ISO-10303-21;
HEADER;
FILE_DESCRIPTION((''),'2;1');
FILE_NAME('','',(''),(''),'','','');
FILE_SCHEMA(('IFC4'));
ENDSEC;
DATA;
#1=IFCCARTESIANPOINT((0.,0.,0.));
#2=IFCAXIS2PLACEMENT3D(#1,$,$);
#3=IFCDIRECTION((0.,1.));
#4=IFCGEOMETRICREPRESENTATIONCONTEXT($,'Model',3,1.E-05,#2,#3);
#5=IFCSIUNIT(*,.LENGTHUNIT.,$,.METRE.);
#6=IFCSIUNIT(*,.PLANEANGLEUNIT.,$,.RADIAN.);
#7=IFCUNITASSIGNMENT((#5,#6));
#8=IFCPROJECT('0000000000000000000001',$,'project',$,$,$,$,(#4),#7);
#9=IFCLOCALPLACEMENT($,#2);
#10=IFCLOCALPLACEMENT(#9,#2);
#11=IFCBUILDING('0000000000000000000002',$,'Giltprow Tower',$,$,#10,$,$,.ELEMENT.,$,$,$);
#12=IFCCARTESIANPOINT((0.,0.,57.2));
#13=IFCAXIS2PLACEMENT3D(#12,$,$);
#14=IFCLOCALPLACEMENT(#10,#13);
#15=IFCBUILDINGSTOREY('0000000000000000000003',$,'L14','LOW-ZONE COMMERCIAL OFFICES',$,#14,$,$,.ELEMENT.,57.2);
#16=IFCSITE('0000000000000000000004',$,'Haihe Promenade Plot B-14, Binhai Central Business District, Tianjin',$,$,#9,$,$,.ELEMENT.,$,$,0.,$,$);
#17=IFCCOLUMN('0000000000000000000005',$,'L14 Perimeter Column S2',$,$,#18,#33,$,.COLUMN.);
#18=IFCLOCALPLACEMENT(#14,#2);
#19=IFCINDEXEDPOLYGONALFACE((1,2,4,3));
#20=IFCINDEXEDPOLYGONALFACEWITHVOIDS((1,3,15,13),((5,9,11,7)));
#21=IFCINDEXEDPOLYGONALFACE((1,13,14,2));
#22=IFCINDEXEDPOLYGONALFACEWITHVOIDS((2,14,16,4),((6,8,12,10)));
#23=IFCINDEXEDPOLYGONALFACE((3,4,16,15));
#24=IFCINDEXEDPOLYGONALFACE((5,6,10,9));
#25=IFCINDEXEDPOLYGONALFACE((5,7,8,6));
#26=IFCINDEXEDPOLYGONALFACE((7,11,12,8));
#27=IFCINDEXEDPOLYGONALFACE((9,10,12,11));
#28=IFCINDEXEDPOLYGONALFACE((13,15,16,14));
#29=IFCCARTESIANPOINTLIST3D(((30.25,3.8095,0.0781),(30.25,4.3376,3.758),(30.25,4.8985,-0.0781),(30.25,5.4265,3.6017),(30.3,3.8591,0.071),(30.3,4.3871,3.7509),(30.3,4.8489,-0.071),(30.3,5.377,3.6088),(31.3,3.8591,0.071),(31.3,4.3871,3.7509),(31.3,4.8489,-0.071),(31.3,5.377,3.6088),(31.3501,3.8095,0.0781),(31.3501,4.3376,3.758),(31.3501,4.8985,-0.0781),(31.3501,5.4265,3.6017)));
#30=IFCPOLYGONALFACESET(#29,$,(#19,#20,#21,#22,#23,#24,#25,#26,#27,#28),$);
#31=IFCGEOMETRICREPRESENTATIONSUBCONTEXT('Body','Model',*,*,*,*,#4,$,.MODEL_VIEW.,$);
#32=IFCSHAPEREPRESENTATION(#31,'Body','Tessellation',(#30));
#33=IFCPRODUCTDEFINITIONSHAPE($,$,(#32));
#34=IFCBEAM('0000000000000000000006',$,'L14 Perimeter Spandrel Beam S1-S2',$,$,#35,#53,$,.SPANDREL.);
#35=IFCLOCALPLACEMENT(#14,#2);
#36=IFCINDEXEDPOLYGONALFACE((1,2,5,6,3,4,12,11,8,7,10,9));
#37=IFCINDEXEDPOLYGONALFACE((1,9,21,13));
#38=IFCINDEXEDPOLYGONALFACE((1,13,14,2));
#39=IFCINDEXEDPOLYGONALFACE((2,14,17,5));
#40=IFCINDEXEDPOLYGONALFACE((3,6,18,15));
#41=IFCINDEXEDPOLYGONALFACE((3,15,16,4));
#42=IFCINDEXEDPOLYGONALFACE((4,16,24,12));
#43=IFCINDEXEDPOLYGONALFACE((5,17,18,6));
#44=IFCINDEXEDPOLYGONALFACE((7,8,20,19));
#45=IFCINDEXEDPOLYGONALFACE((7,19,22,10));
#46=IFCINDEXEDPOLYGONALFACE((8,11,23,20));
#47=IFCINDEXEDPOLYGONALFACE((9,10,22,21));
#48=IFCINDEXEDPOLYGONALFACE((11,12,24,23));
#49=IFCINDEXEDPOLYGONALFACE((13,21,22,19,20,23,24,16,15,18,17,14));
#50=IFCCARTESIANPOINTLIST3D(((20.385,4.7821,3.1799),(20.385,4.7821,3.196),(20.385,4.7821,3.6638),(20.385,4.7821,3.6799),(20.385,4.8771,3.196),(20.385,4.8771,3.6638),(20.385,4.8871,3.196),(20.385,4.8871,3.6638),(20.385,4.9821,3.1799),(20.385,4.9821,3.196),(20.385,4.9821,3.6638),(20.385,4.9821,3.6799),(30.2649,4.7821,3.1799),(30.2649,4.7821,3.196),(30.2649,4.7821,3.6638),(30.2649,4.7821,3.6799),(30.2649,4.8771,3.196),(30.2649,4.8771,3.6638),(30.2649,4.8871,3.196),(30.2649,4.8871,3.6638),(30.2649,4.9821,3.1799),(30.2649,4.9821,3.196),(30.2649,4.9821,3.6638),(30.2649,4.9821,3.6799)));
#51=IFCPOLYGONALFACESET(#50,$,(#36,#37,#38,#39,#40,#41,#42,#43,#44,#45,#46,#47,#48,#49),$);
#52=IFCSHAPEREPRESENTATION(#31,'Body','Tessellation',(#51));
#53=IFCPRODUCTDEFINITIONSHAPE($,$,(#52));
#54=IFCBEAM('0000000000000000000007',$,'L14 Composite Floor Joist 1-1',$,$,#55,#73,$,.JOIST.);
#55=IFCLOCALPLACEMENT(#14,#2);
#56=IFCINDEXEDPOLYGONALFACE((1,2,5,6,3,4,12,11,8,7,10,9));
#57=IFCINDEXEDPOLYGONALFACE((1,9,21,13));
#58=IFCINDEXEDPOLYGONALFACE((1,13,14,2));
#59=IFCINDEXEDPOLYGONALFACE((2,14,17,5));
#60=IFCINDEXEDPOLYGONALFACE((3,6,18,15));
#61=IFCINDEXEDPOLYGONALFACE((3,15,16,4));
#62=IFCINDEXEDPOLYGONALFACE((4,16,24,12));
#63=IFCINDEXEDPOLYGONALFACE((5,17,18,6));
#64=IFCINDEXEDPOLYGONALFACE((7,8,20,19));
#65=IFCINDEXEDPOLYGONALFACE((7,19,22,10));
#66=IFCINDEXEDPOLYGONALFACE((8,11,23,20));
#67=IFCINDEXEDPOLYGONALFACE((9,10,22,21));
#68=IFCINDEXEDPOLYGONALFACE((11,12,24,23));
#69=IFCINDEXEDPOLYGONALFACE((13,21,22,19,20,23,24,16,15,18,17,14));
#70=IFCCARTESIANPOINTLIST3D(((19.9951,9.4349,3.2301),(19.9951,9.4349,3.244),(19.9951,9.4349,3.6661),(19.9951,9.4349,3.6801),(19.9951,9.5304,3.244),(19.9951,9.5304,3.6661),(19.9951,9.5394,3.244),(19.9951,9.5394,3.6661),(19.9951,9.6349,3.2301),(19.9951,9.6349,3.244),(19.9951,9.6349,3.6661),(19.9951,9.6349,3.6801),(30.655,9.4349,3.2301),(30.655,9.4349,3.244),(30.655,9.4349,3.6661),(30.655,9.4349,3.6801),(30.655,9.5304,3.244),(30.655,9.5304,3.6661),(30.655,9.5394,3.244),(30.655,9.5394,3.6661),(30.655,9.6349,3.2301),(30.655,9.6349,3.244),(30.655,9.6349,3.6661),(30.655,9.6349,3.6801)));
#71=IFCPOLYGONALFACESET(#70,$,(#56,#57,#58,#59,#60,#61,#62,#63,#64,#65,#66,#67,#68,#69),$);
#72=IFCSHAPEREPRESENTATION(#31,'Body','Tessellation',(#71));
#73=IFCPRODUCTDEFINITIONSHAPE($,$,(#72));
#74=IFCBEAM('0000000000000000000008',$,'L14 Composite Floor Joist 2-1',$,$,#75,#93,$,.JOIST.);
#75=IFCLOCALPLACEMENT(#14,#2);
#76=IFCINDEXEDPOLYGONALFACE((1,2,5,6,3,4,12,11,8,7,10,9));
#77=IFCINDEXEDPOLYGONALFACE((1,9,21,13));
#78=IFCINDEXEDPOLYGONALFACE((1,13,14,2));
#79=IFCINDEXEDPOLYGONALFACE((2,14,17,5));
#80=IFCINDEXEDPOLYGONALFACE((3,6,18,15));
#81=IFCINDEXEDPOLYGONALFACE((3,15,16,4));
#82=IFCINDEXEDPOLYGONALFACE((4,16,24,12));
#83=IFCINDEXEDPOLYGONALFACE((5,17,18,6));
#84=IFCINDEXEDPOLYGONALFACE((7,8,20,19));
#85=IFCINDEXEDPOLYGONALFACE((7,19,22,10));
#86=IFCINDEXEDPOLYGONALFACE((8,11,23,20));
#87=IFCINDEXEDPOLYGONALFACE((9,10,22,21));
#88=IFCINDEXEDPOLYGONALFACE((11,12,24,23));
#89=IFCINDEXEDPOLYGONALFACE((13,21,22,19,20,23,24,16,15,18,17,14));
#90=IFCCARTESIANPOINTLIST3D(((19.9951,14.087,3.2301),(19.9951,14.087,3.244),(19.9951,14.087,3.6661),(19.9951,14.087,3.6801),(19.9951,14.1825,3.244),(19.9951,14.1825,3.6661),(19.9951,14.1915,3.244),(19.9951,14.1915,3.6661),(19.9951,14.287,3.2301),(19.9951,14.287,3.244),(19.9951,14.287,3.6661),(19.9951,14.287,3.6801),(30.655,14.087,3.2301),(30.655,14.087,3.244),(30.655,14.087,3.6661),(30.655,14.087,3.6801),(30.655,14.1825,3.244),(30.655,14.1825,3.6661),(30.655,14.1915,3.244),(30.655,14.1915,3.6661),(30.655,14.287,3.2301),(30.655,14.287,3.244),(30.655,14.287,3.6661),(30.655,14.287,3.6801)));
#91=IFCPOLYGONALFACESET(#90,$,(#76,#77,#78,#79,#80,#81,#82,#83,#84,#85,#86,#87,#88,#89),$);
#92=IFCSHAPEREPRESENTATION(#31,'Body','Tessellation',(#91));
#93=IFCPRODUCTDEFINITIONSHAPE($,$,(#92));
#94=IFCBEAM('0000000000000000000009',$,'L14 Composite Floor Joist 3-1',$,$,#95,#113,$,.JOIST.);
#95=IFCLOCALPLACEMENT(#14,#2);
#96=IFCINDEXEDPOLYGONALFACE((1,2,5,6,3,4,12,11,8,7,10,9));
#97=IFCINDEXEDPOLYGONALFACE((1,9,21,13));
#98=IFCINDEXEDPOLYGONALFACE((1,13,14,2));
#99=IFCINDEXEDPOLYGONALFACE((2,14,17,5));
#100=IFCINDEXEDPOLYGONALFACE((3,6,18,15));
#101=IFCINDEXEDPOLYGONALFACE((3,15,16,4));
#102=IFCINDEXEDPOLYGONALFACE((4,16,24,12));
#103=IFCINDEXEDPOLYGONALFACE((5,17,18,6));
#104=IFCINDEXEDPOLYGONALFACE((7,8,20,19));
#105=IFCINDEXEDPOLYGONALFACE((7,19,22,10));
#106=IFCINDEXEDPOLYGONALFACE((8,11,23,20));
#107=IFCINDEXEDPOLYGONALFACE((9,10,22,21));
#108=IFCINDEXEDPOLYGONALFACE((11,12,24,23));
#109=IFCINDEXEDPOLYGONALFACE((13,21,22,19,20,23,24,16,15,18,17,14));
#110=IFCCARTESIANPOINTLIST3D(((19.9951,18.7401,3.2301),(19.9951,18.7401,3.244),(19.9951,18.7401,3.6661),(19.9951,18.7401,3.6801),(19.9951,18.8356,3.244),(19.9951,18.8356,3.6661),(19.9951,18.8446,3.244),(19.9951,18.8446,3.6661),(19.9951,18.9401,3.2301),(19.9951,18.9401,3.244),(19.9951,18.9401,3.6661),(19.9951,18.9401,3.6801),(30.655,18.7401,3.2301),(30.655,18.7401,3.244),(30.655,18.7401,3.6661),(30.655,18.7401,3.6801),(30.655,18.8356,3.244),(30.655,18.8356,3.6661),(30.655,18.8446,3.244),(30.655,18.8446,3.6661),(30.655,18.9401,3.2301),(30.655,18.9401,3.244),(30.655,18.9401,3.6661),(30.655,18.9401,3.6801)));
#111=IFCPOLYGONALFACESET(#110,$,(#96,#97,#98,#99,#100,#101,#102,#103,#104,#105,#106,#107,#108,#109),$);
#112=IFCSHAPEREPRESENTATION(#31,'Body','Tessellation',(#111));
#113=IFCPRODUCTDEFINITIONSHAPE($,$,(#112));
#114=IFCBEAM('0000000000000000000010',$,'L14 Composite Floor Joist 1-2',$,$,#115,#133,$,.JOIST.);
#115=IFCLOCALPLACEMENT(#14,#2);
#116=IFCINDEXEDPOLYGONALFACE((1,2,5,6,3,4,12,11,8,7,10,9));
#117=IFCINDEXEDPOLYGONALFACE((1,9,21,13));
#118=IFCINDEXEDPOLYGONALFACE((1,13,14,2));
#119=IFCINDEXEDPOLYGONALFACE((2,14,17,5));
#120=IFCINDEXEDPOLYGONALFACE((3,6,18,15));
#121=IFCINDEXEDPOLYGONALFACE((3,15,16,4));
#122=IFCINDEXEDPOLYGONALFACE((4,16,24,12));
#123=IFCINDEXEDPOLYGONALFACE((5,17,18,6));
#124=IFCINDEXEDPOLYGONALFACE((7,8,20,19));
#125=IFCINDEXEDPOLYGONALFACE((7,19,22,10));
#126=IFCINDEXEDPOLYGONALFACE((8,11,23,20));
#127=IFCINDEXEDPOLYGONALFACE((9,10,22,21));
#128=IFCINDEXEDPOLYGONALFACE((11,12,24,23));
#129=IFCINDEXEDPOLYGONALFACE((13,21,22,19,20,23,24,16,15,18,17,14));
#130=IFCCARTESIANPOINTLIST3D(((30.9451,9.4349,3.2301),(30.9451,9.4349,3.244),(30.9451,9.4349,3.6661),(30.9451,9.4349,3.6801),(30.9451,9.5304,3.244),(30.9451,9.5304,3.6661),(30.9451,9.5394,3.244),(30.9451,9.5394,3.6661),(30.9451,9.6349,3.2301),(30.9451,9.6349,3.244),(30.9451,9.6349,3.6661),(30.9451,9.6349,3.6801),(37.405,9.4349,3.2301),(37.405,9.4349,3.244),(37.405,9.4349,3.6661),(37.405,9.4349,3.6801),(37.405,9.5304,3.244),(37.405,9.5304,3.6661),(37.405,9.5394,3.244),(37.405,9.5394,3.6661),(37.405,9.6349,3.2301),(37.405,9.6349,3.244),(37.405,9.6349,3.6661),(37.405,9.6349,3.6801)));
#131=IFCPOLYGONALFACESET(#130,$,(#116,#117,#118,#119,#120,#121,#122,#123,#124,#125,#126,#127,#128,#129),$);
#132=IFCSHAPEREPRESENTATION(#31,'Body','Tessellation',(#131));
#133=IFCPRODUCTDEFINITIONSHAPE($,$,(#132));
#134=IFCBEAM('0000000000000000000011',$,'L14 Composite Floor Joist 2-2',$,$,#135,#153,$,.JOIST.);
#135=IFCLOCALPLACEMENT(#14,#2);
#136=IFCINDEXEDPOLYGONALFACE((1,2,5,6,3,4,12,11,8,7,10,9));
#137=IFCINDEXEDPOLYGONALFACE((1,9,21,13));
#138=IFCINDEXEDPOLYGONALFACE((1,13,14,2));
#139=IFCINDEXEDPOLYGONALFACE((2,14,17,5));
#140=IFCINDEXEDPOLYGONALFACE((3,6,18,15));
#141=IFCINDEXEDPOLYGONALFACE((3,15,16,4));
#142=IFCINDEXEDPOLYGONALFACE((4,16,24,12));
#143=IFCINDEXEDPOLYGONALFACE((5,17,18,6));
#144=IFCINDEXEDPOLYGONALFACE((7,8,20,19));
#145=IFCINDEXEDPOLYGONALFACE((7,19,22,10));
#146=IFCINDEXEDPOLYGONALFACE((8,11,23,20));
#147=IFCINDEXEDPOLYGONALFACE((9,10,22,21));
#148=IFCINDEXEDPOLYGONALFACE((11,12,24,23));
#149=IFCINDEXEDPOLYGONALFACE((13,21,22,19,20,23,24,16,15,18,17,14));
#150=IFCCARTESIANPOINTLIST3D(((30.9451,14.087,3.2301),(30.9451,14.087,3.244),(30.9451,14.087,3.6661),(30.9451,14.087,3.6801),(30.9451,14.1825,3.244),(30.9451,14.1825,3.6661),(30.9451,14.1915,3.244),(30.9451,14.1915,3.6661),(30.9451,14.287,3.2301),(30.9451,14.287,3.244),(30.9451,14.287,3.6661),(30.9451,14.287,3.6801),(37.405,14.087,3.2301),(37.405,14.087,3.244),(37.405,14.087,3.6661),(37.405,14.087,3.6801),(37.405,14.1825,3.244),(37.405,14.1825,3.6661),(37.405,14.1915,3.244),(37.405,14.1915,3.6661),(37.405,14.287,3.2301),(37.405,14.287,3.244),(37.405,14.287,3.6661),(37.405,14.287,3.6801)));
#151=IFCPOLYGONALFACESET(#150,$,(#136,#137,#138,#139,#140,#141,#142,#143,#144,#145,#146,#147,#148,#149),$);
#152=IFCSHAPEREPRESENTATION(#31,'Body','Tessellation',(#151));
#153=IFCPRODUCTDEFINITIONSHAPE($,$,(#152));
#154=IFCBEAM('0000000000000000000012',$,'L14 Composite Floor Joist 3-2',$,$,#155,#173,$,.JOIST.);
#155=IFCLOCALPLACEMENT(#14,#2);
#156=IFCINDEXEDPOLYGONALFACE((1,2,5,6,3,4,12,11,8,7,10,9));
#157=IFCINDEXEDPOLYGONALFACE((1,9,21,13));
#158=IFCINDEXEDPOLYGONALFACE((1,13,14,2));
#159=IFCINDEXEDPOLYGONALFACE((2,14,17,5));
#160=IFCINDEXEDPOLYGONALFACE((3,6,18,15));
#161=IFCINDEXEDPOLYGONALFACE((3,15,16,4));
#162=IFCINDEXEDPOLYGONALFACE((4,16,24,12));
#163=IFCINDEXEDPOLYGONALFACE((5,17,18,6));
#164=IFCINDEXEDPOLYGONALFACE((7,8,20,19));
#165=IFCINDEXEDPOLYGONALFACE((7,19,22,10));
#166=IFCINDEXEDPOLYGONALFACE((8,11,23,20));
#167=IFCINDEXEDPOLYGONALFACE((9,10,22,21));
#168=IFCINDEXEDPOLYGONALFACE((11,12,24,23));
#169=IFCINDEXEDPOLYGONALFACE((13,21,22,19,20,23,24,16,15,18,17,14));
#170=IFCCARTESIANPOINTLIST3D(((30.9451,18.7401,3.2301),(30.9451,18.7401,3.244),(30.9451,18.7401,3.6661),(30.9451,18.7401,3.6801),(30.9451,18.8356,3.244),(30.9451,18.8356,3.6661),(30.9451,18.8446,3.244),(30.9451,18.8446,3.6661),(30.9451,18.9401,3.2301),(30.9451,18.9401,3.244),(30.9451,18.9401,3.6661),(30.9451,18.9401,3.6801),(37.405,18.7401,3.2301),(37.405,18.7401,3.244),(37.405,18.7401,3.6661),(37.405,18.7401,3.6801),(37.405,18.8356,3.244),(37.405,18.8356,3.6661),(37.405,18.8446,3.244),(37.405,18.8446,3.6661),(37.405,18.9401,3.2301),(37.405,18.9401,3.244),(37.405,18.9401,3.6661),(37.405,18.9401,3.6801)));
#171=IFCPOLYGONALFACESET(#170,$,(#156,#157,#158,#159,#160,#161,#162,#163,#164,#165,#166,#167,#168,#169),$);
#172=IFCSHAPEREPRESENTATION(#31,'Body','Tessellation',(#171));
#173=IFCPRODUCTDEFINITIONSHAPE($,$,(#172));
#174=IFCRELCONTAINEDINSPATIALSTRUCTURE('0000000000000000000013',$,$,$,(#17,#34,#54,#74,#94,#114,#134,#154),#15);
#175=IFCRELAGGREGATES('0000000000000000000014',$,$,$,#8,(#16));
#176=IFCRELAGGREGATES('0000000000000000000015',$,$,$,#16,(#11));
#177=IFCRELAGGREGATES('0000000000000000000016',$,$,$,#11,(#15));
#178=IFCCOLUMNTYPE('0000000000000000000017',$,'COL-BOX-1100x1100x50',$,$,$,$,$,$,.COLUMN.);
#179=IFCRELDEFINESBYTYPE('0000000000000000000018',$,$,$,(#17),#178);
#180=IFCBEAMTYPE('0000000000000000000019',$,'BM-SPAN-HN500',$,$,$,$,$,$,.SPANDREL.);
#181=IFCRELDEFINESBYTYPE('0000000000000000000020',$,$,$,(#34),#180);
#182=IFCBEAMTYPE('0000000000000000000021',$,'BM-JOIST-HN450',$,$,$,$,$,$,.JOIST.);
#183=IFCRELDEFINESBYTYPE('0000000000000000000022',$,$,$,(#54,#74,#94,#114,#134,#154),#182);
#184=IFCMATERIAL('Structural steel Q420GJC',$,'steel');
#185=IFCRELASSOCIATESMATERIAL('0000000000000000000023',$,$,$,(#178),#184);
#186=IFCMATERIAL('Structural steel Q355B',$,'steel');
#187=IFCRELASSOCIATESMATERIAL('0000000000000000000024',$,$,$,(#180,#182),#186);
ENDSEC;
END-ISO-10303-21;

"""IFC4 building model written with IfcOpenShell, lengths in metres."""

from ifc_helpers import new_model, si_unit, direction, frame, origin, origin_2d, place, context, subcontext, project, spatial, hollow_rectangle, i_section, extrude, source, transform, mapped, material, material_profile, profile_set, type_object, element, save


model = new_model("IFC4")

# Units and contexts
model_context = context("Model", 3, precision=1e-05, world=origin(), true_north=direction((0.0, 1.0)))
body_context = subcontext(model_context, "Body", "Model", "MODEL_VIEW")
ifc_project = project(units=[si_unit("LENGTHUNIT", "METRE"), si_unit("PLANEANGLEUNIT", "RADIAN")], contexts=[model_context])

# Site, building, storey
site_placement = place(None, origin())
site = spatial("IfcSite", under=ifc_project, at=site_placement, Name="Haihe Promenade Plot B-14, Binhai Central Business District, Tianjin", CompositionType="ELEMENT", RefElevation=0.0)
building_placement = place(site_placement, origin())
building = spatial("IfcBuilding", under=site, at=building_placement, Name="Giltprow Tower", CompositionType="ELEMENT")
storey_placement = place(building_placement, frame((0.0, 0.0, 57.2)))
storey = spatial("IfcBuildingStorey", under=building, at=storey_placement, Name="L14", Description="LOW-ZONE COMMERCIAL OFFICES", CompositionType="ELEMENT", Elevation=57.2)

# Column
ifc_material_1 = material(Name="Structural steel Q420GJC", Category="steel")
ifc_material_profile_1 = material_profile(ifc_material_1, hollow_rectangle(XDim=1.1001, YDim=1.1001, WallThickness=0.05, at=origin_2d()), Name="BOX 1100x1100x50")
ifc_profile_set_1 = profile_set([ifc_material_profile_1], Name="Structural steel Q420GJC")
column_type = type_object("IfcColumnType", Name="COL-BOX-1100x1100x50", PredefinedType="COLUMN", material=ifc_profile_set_1)
shared_shape_1 = source(origin(), body_context, "Body", "SweptSolid", [
    extrude(hollow_rectangle(XDim=1.1001, YDim=1.1001, WallThickness=0.05, at=origin_2d()), origin(), (0.0, 0.0, 1.0), 3.7175),
])
column_placement = place(storey_placement, frame((30.8, 4.354, 0.0), z_axis=(0.0, 0.142047, 0.98986), x_axis=(-1.0, 0.0, 0.0)))
element("IfcColumn", 1, at=column_placement, inside=storey, type_object=column_type, Name="L14 Perimeter Column S2", PredefinedType="COLUMN", context=body_context, shape_type="MappedRepresentation", body=[
    mapped(shared_shape_1, transform((0.0, 0.0, 0.0), x_axis=(1.0, 0.0, 0.0), y_axis=(0.0, 1.0, 0.0), z_axis=(0.0, 0.0, 1.0), scale=1.0)),
])

# Beams
ifc_material_2 = material(Name="Structural steel Q355B", Category="steel")
ifc_material_profile_2 = material_profile(ifc_material_2, i_section(OverallWidth=0.2, OverallDepth=0.5, WebThickness=0.01, FlangeThickness=0.0161, at=origin_2d()), Name="HN 500x200x10x16")
ifc_profile_set_2 = profile_set([ifc_material_profile_2], Name="Structural steel Q355B")
beam_type_1 = type_object("IfcBeamType", Name="BM-SPAN-HN500", PredefinedType="SPANDREL", material=ifc_profile_set_2)
shared_shape_2 = source(origin(), body_context, "Body", "SweptSolid", [
    extrude(i_section(OverallWidth=0.2, OverallDepth=0.5, WebThickness=0.01, FlangeThickness=0.0161, at=origin_2d()), origin(), (0.0, 0.0, 1.0), 9.8799),
])
beam_placement = place(storey_placement, frame((20.385, 4.8821, 3.4299), z_axis=(1.0, 0.0, 0.0), x_axis=(0.0, 1.0, 0.0)))
element("IfcBeam", 2, at=beam_placement, inside=storey, type_object=beam_type_1, Name="L14 Perimeter Spandrel Beam S1-S2", PredefinedType="SPANDREL", context=body_context, shape_type="MappedRepresentation", body=[
    mapped(shared_shape_2, transform((0.0, 0.0, 0.0), x_axis=(1.0, 0.0, 0.0), y_axis=(0.0, 1.0, 0.0), z_axis=(0.0, 0.0, 1.0), scale=1.0)),
])
ifc_material_profile_3 = material_profile(ifc_material_2, i_section(OverallWidth=0.2, OverallDepth=0.45, WebThickness=0.009, FlangeThickness=0.0139, at=origin_2d()), Name="HN 450x200x9x14")
ifc_profile_set_3 = profile_set([ifc_material_profile_3], Name="Structural steel Q355B")
beam_type_2 = type_object("IfcBeamType", Name="BM-JOIST-HN450", PredefinedType="JOIST", material=ifc_profile_set_3)
shared_shape_3 = source(origin(), body_context, "Body", "SweptSolid", [
    extrude(i_section(OverallWidth=0.2, OverallDepth=0.45, WebThickness=0.009, FlangeThickness=0.0139, at=origin_2d()), origin(), (0.0, 0.0, 1.0), 10.6599),
])
for number, where, z_axis, x_axis, name in (
    (3, (19.9951, 9.5349, 3.4551), (1.0, 0.0, 0.0), (0.0, 1.0, 0.0), "L14 Composite Floor Joist 1-1"),
    (4, (19.9951, 14.187, 3.4551), (1.0, 0.0, 0.0), (0.0, 1.0, 0.0), "L14 Composite Floor Joist 2-1"),
    (5, (19.9951, 18.8401, 3.4551), (1.0, 0.0, 0.0), (0.0, 1.0, 0.0), "L14 Composite Floor Joist 3-1"),
):
    element("IfcBeam", number, at=place(storey_placement, frame(where, z_axis=z_axis, x_axis=x_axis)), inside=storey, type_object=beam_type_2, Name=name, PredefinedType="JOIST", context=body_context, shape_type="MappedRepresentation", body=[
        mapped(shared_shape_3, transform((0.0, 0.0, 0.0), x_axis=(1.0, 0.0, 0.0), y_axis=(0.0, 1.0, 0.0), z_axis=(0.0, 0.0, 1.0), scale=1.0)),
    ])
shared_shape_4 = source(origin(), body_context, "Body", "SweptSolid", [
    extrude(i_section(OverallWidth=0.2, OverallDepth=0.45, WebThickness=0.009, FlangeThickness=0.0139, at=origin_2d()), origin(), (0.0, 0.0, 1.0), 6.46),
])
for number, where, z_axis, x_axis, name in (
    (6, (30.9451, 9.5349, 3.4551), (1.0, 0.0, 0.0), (0.0, 1.0, 0.0), "L14 Composite Floor Joist 1-2"),
    (7, (30.9451, 14.187, 3.4551), (1.0, 0.0, 0.0), (0.0, 1.0, 0.0), "L14 Composite Floor Joist 2-2"),
    (8, (30.9451, 18.8401, 3.4551), (1.0, 0.0, 0.0), (0.0, 1.0, 0.0), "L14 Composite Floor Joist 3-2"),
):
    element("IfcBeam", number, at=place(storey_placement, frame(where, z_axis=z_axis, x_axis=x_axis)), inside=storey, type_object=beam_type_2, Name=name, PredefinedType="JOIST", context=body_context, shape_type="MappedRepresentation", body=[
        mapped(shared_shape_4, transform((0.0, 0.0, 0.0), x_axis=(1.0, 0.0, 0.0), y_axis=(0.0, 1.0, 0.0), z_axis=(0.0, 0.0, 1.0), scale=1.0)),
    ])

save(model, "model.ifc")
